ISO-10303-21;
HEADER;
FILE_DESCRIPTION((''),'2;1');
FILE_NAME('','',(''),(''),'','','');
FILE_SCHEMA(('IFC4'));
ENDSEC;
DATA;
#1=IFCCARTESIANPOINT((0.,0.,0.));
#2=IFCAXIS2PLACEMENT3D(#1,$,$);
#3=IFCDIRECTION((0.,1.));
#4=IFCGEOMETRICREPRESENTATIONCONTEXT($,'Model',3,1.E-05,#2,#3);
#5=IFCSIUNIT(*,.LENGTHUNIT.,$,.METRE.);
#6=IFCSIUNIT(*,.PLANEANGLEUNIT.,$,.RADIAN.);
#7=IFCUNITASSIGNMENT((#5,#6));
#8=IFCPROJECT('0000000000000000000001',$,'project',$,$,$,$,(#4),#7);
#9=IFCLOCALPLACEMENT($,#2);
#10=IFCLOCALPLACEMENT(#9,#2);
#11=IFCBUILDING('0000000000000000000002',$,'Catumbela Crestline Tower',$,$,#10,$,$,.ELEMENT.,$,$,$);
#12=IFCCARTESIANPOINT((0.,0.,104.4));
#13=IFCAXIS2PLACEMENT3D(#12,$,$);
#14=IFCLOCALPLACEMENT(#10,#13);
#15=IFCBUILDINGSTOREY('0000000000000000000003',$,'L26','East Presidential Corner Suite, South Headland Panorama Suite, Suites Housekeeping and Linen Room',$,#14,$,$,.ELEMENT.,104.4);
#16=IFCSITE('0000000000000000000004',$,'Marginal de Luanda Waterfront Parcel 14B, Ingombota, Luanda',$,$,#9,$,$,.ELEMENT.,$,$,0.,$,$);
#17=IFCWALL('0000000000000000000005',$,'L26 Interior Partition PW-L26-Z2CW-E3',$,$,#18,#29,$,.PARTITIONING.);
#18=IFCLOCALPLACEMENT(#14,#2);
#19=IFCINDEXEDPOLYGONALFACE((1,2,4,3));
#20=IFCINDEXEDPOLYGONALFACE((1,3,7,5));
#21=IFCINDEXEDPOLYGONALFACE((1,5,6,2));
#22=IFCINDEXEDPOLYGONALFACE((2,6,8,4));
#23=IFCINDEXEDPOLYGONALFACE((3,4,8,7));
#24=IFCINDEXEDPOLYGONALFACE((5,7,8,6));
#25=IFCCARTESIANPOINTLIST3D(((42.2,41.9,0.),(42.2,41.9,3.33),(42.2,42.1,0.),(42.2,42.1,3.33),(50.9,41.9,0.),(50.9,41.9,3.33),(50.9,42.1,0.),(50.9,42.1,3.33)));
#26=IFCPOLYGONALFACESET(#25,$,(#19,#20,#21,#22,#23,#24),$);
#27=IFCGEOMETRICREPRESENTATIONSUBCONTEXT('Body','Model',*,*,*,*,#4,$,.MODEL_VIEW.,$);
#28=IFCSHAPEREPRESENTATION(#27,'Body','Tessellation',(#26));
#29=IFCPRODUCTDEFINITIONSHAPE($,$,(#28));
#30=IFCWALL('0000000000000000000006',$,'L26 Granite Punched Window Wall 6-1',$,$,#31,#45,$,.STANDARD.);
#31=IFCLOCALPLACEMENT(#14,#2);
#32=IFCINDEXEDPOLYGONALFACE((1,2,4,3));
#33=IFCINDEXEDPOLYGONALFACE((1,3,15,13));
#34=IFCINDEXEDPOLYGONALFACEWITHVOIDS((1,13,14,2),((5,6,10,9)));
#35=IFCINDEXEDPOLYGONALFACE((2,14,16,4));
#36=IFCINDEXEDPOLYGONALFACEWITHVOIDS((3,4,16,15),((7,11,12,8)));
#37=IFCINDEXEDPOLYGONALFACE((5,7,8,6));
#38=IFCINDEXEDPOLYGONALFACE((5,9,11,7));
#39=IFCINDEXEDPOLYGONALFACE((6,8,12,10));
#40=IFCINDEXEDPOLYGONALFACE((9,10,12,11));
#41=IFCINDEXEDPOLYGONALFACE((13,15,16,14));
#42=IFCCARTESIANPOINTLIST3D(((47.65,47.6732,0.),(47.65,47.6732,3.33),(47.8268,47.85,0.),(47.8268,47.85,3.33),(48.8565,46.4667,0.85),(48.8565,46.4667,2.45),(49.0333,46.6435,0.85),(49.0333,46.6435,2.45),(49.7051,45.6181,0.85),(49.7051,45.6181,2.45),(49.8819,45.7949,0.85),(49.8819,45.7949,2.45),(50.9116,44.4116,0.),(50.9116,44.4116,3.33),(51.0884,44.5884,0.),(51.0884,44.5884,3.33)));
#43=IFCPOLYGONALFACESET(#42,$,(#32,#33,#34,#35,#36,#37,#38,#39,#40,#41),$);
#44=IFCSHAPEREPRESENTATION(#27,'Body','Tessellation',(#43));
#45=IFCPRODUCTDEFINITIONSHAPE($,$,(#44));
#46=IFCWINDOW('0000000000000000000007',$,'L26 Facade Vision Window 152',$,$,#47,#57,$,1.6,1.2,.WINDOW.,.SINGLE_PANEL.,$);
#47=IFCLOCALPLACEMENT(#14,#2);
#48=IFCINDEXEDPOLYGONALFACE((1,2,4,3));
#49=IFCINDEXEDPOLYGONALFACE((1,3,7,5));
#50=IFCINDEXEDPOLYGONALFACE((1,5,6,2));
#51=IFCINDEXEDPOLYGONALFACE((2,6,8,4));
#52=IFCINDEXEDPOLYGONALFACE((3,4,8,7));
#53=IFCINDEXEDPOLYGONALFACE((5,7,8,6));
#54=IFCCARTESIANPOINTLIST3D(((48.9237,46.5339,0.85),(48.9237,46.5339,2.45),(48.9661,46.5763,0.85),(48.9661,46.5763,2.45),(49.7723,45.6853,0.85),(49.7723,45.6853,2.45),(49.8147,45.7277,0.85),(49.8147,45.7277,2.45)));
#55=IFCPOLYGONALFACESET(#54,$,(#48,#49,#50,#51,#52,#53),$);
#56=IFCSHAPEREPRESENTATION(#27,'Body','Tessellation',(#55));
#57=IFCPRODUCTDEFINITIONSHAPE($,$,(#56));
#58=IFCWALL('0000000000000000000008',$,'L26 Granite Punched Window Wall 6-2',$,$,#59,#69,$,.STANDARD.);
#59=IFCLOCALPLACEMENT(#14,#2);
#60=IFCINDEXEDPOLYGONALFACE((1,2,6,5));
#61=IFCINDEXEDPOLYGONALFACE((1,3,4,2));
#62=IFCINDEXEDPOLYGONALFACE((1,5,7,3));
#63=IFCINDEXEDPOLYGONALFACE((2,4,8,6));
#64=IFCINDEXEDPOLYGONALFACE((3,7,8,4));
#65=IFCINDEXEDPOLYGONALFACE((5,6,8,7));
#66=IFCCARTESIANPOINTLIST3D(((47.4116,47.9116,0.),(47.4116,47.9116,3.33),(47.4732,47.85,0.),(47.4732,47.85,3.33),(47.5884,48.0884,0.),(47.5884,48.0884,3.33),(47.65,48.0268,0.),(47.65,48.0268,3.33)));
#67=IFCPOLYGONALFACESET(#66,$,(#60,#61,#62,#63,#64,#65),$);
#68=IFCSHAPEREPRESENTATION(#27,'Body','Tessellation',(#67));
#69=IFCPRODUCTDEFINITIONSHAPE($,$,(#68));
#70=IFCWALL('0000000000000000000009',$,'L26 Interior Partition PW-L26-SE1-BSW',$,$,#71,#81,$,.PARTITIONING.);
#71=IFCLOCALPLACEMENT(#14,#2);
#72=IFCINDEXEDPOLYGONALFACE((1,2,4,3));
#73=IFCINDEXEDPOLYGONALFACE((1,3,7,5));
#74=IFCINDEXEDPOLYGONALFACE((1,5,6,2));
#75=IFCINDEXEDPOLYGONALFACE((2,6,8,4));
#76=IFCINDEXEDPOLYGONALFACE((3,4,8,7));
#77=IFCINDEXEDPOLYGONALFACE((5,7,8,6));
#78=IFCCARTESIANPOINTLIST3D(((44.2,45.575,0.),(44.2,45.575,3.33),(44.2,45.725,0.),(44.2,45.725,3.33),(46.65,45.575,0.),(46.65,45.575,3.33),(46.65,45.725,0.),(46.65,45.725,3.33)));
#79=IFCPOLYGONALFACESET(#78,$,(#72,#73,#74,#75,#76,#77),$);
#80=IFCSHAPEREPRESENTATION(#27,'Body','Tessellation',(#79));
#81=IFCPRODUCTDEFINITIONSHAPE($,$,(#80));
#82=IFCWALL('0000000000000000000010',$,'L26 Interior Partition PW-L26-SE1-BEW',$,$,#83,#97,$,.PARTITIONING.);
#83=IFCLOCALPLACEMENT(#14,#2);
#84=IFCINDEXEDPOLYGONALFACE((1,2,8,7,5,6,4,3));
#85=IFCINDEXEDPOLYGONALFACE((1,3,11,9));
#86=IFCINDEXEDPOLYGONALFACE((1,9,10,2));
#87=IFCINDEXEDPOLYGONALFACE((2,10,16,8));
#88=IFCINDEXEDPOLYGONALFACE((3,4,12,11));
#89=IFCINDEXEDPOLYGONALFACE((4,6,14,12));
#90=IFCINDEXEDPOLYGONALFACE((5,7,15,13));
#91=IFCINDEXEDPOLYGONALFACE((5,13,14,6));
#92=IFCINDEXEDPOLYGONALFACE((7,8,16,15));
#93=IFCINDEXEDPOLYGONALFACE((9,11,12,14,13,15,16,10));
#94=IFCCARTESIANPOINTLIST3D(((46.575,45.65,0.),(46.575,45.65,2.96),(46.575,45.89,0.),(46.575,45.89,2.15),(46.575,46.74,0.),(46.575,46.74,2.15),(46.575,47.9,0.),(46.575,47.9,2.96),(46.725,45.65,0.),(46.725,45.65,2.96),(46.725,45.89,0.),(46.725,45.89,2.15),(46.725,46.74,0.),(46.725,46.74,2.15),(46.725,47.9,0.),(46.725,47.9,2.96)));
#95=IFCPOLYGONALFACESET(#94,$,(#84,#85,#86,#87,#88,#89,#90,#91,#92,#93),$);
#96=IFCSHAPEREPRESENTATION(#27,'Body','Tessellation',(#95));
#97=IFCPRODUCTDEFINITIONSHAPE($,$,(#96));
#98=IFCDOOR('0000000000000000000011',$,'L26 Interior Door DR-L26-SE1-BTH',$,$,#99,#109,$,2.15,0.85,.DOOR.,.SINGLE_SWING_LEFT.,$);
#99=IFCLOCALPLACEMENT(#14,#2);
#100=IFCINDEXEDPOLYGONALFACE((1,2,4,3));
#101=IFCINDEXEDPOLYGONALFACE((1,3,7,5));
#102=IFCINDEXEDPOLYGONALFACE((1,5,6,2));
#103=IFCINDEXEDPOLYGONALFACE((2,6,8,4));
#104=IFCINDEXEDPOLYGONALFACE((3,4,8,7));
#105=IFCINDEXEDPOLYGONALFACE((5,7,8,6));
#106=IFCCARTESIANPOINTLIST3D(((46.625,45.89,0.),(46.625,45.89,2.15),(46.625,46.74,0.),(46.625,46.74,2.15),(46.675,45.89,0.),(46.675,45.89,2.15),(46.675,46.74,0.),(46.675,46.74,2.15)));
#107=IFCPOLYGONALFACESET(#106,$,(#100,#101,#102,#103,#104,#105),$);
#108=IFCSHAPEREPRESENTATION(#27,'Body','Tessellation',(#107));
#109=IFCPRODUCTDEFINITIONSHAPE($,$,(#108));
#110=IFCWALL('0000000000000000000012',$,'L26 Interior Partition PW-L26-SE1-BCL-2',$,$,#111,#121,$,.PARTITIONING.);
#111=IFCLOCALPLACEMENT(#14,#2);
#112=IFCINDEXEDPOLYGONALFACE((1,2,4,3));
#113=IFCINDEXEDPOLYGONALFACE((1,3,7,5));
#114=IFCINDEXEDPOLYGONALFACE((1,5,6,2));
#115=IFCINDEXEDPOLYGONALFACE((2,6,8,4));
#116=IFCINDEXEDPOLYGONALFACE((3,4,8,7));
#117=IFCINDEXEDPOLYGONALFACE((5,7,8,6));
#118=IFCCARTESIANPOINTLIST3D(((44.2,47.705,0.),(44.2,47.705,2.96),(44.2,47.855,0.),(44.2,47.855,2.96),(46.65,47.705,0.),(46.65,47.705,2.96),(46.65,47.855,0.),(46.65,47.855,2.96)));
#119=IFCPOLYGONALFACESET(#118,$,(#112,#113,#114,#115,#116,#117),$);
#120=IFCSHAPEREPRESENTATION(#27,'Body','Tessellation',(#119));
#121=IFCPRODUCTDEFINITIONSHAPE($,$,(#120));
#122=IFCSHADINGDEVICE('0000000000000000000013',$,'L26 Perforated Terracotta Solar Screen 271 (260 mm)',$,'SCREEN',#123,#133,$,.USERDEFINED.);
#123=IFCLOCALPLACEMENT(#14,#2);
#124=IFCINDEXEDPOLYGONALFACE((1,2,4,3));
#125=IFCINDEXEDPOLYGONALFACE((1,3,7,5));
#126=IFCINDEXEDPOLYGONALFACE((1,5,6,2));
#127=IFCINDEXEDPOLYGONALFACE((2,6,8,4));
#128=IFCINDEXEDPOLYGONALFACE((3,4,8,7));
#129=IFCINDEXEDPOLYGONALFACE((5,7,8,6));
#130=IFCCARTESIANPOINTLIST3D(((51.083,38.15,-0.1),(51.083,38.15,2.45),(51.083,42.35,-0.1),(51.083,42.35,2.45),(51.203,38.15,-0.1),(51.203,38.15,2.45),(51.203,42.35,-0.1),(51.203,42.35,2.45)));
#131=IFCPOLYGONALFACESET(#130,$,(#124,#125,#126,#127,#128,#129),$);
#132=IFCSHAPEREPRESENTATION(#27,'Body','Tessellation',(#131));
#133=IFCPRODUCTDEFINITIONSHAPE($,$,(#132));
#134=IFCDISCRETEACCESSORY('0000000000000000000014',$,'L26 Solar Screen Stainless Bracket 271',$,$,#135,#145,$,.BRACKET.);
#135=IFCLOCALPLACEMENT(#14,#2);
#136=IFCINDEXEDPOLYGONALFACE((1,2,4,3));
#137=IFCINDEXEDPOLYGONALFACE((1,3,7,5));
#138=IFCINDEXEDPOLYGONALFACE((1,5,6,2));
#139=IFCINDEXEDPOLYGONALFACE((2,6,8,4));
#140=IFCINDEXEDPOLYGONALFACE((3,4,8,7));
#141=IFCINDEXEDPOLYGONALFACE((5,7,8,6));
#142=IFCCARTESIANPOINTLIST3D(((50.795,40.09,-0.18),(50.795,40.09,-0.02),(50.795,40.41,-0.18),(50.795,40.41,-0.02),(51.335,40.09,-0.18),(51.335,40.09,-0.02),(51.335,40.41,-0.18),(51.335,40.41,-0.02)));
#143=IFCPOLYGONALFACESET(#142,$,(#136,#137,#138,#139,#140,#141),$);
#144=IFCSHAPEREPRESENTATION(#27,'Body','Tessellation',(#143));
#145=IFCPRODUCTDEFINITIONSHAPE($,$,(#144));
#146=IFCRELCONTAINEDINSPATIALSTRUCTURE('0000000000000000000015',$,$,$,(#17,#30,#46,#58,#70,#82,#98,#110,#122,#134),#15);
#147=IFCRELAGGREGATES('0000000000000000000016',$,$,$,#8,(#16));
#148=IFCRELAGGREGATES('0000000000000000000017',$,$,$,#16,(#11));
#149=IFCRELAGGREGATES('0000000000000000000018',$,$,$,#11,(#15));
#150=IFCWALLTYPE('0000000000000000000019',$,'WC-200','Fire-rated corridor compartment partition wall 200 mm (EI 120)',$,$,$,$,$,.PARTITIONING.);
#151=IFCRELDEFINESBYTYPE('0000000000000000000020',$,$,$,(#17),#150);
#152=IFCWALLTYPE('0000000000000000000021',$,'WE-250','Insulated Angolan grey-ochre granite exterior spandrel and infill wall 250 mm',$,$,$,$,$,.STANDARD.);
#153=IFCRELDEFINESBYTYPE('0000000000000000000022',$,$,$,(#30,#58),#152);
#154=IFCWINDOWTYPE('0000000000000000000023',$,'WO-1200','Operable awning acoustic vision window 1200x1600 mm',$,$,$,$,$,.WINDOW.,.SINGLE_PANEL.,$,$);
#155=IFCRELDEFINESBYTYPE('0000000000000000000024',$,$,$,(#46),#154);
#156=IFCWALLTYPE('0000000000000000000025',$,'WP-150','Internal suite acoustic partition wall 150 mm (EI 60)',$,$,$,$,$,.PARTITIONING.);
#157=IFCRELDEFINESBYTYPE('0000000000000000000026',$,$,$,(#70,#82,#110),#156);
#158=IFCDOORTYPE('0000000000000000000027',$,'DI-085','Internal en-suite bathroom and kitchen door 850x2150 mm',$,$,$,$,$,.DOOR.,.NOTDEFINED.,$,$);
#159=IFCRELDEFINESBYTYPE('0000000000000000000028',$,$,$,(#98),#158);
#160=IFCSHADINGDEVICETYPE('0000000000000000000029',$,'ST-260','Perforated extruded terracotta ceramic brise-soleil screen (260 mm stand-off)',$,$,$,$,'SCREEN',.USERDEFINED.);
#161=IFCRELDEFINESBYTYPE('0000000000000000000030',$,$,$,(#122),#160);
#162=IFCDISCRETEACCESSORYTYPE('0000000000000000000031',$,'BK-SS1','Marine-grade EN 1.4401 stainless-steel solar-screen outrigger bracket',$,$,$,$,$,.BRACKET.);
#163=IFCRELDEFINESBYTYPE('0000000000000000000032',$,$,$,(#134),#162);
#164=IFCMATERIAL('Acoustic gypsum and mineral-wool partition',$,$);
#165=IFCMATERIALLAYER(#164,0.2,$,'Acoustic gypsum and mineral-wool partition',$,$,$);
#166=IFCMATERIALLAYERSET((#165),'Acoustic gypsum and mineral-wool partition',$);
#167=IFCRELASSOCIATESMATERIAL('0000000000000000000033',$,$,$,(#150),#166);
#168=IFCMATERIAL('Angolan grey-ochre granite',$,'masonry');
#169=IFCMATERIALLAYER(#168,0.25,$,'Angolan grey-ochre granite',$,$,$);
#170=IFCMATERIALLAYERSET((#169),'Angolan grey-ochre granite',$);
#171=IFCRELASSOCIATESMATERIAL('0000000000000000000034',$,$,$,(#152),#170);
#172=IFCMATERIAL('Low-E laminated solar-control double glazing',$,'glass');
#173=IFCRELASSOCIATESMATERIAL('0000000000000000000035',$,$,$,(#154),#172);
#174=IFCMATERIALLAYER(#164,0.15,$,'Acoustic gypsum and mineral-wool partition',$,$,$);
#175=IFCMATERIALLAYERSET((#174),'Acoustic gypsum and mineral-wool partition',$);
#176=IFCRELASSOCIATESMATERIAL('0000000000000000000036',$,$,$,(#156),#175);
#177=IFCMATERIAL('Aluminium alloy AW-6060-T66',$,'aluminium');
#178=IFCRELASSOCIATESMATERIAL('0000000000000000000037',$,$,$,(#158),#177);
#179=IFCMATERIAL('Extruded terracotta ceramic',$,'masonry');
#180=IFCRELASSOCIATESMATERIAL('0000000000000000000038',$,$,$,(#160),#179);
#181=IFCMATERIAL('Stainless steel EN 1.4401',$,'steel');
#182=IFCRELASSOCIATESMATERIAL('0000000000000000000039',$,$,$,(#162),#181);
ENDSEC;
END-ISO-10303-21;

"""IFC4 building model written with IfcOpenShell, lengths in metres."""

from ifc_helpers import new_model, si_unit, direction, frame, frame_2d, origin, origin_2d, place, context, subcontext, project, spatial, rectangle, extrude, material, layer, layer_set, type_object, element, fill, save


model = new_model("IFC4")

# Units and contexts
model_context = context("Model", 3, precision=1e-05, world=origin(), true_north=direction((0.0, 1.0)))
body_context = subcontext(model_context, "Body", "Model", "MODEL_VIEW")
ifc_project = project(units=[si_unit("LENGTHUNIT", "METRE"), si_unit("PLANEANGLEUNIT", "RADIAN")], contexts=[model_context])

# Site, building, storey
site_placement = place(None, origin())
site = spatial("IfcSite", under=ifc_project, at=site_placement, Name="Marginal de Luanda Waterfront Parcel 14B, Ingombota, Luanda", CompositionType="ELEMENT", RefElevation=0.0)
building_placement = place(site_placement, origin())
building = spatial("IfcBuilding", under=site, at=building_placement, Name="Catumbela Crestline Tower", CompositionType="ELEMENT")
storey_placement = place(building_placement, frame((0.0, 0.0, 104.4)))
storey = spatial("IfcBuildingStorey", under=building, at=storey_placement, Name="L26", Description="East Presidential Corner Suite, South Headland Panorama Suite, Suites Housekeeping and Linen Room", CompositionType="ELEMENT", Elevation=104.4)

# Shared definitions
ifc_material_1 = material(Name="Aluminium alloy AW-6060-T66", Category="aluminium")

# Shared definitions
ifc_material_2 = material(Name="Low-E laminated solar-control double glazing", Category="glass")

# Wall
ifc_material_3 = material(Name="Acoustic gypsum and mineral-wool partition")
ifc_layer_1 = layer(ifc_material_3, 0.2, Name="Acoustic gypsum and mineral-wool partition")
ifc_layer_set_1 = layer_set([ifc_layer_1], Name="Acoustic gypsum and mineral-wool partition")
wall_type_1 = type_object("IfcWallType", Name="WC-200", Description="Fire-rated corridor compartment partition wall 200 mm (EI 120)", PredefinedType="PARTITIONING", material=ifc_layer_set_1)
wall_1_placement = place(storey_placement, frame((42.2, 42.0, 0.0), z_axis=(0.0, 0.0, 1.0), x_axis=(1.0, 0.0, 0.0)))
element("IfcWall", 1, at=wall_1_placement, inside=storey, type_object=wall_type_1, Name="L26 Interior Partition PW-L26-Z2CW-E3", PredefinedType="PARTITIONING", context=body_context, shape_type="SweptSolid", body=[
    extrude(rectangle(XDim=8.7, YDim=0.2, at=frame_2d((4.35, 0.0))), origin(), (0.0, 0.0, 1.0), 3.33),
])

# Wall, opening, window
ifc_material_4 = material(Name="Angolan grey-ochre granite", Category="masonry")
ifc_layer_2 = layer(ifc_material_4, 0.25, Name="Angolan grey-ochre granite")
ifc_layer_set_2 = layer_set([ifc_layer_2], Name="Angolan grey-ochre granite")
wall_type_2 = type_object("IfcWallType", Name="WE-250", Description="Insulated Angolan grey-ochre granite exterior spandrel and infill wall 250 mm", PredefinedType="STANDARD", material=ifc_layer_set_2)
wall_2_placement = place(storey_placement, frame((51.0, 44.5, 0.0), z_axis=(0.0, 0.0, 1.0), x_axis=(-0.707107, 0.707107, 0.0)))
wall_2 = element("IfcWall", 2, at=wall_2_placement, inside=storey, type_object=wall_type_2, Name="L26 Granite Punched Window Wall 6-1", PredefinedType="STANDARD", context=body_context, shape_type="SweptSolid", body=[
    extrude(rectangle(XDim=4.6126, YDim=0.25, at=frame_2d((2.3063, 0.0))), origin(), (0.0, 0.0, 1.0), 3.33),
])
opening_1_placement = place(wall_2_placement, frame((1.7063, 0.0, 0.85)))
opening_1 = element("IfcOpeningElement", 3, at=opening_1_placement, cuts=wall_2, PredefinedType="OPENING", context=body_context, shape_type="SweptSolid", body=[
    extrude(rectangle(XDim=1.2, YDim=1.6, at=frame_2d((0.6, 0.8))), frame((0.0, 0.135, 0.0), z_axis=(0.0, -1.0, 0.0), x_axis=(1.0, 0.0, 0.0)), (0.0, 0.0, 1.0), 0.27),
])
window_type = type_object("IfcWindowType", Name="WO-1200", Description="Operable awning acoustic vision window 1200x1600 mm", PartitioningType="SINGLE_PANEL", PredefinedType="WINDOW", material=ifc_material_2)
window_placement = place(opening_1_placement, origin())
window = element("IfcWindow", 4, at=window_placement, inside=storey, type_object=window_type, Name="L26 Facade Vision Window 152", OverallHeight=1.6, OverallWidth=1.2, PartitioningType="SINGLE_PANEL", PredefinedType="WINDOW", context=body_context, shape_type="SweptSolid", body=[
    extrude(rectangle(XDim=1.2, YDim=1.6, at=frame_2d((0.6, 0.8))), frame((0.0, 0.03, 0.0), z_axis=(0.0, -1.0, 0.0), x_axis=(1.0, 0.0, 0.0)), (0.0, 0.0, 1.0), 0.06),
])
fill(opening_1, window)

# Walls
wall_3_placement = place(storey_placement, frame((47.5616, 47.9384, 0.0), z_axis=(0.0, 0.0, 1.0), x_axis=(-0.707107, 0.707107, 0.0)))
element("IfcWall", 5, at=wall_3_placement, inside=storey, type_object=wall_type_2, Name="L26 Granite Punched Window Wall 6-2", PredefinedType="STANDARD", context=body_context, shape_type="SweptSolid", body=[
    extrude(rectangle(XDim=0.0871, YDim=0.25, at=frame_2d((0.0436, 0.0))), origin(), (0.0, 0.0, 1.0), 3.33),
])
ifc_layer_3 = layer(ifc_material_3, 0.15, Name="Acoustic gypsum and mineral-wool partition")
ifc_layer_set_3 = layer_set([ifc_layer_3], Name="Acoustic gypsum and mineral-wool partition")
wall_type_3 = type_object("IfcWallType", Name="WP-150", Description="Internal suite acoustic partition wall 150 mm (EI 60)", PredefinedType="PARTITIONING", material=ifc_layer_set_3)
wall_4_placement = place(storey_placement, frame((44.2, 45.65, 0.0), z_axis=(0.0, 0.0, 1.0), x_axis=(1.0, 0.0, 0.0)))
element("IfcWall", 6, at=wall_4_placement, inside=storey, type_object=wall_type_3, Name="L26 Interior Partition PW-L26-SE1-BSW", PredefinedType="PARTITIONING", context=body_context, shape_type="SweptSolid", body=[
    extrude(rectangle(XDim=2.45, YDim=0.15, at=frame_2d((1.225, 0.0))), origin(), (0.0, 0.0, 1.0), 3.33),
])

# Wall, opening, door
wall_5_placement = place(storey_placement, frame((46.65, 45.65, 0.0), z_axis=(0.0, 0.0, 1.0), x_axis=(0.0, 1.0, 0.0)))
wall_5 = element("IfcWall", 7, at=wall_5_placement, inside=storey, type_object=wall_type_3, Name="L26 Interior Partition PW-L26-SE1-BEW", PredefinedType="PARTITIONING", context=body_context, shape_type="SweptSolid", body=[
    extrude(rectangle(XDim=2.25, YDim=0.15, at=frame_2d((1.125, 0.0))), origin(), (0.0, 0.0, 1.0), 2.96),
])
opening_2_placement = place(wall_5_placement, frame((0.24, 0.0, 0.0)))
opening_2 = element("IfcOpeningElement", 8, at=opening_2_placement, cuts=wall_5, PredefinedType="OPENING", context=body_context, shape_type="SweptSolid", body=[
    extrude(rectangle(XDim=0.85, YDim=2.15, at=frame_2d((0.425, 1.075))), frame((0.0, 0.085, 0.0), z_axis=(0.0, -1.0, 0.0), x_axis=(1.0, 0.0, 0.0)), (0.0, 0.0, 1.0), 0.17),
])
door_type = type_object("IfcDoorType", Name="DI-085", Description="Internal en-suite bathroom and kitchen door 850x2150 mm", OperationType="NOTDEFINED", PredefinedType="DOOR", material=ifc_material_1)
door_placement = place(opening_2_placement, origin())
door = element("IfcDoor", 9, at=door_placement, inside=storey, type_object=door_type, Name="L26 Interior Door DR-L26-SE1-BTH", OperationType="SINGLE_SWING_LEFT", OverallHeight=2.15, OverallWidth=0.85, PredefinedType="DOOR", context=body_context, shape_type="SweptSolid", body=[
    extrude(rectangle(XDim=0.85, YDim=2.15, at=frame_2d((0.425, 1.075))), frame((0.0, 0.025, 0.0), z_axis=(0.0, -1.0, 0.0), x_axis=(1.0, 0.0, 0.0)), (0.0, 0.0, 1.0), 0.05),
])
fill(opening_2, door)

# Wall
wall_6_placement = place(storey_placement, frame((44.2, 47.78, 0.0), z_axis=(0.0, 0.0, 1.0), x_axis=(1.0, 0.0, 0.0)))
element("IfcWall", 10, at=wall_6_placement, inside=storey, type_object=wall_type_3, Name="L26 Interior Partition PW-L26-SE1-BCL-2", PredefinedType="PARTITIONING", context=body_context, shape_type="SweptSolid", body=[
    extrude(rectangle(XDim=2.45, YDim=0.15, at=frame_2d((1.225, 0.0))), origin(), (0.0, 0.0, 1.0), 2.96),
])

# Shading device
ifc_material_5 = material(Name="Extruded terracotta ceramic", Category="masonry")
shading_device_type = type_object("IfcShadingDeviceType", Name="ST-260", Description="Perforated extruded terracotta ceramic brise-soleil screen (260 mm stand-off)", ElementType="SCREEN", PredefinedType="USERDEFINED", material=ifc_material_5)
shading_device_placement = place(storey_placement, frame((51.143, 40.25, -0.1), z_axis=(0.0, 0.0, 1.0), x_axis=(0.0, 1.0, 0.0)))
element("IfcShadingDevice", 11, at=shading_device_placement, inside=storey, type_object=shading_device_type, Name="L26 Perforated Terracotta Solar Screen 271 (260 mm)", ObjectType="SCREEN", PredefinedType="USERDEFINED", context=body_context, shape_type="SweptSolid", body=[
    extrude(rectangle(XDim=4.2, YDim=0.12, at=origin_2d()), origin(), (0.0, 0.0, 1.0), 2.55),
])

# Discrete accessory
ifc_material_6 = material(Name="Stainless steel EN 1.4401", Category="steel")
discrete_accessory_type = type_object("IfcDiscreteAccessoryType", Name="BK-SS1", Description="Marine-grade EN 1.4401 stainless-steel solar-screen outrigger bracket", PredefinedType="BRACKET", material=ifc_material_6)
discrete_accessory_placement = place(storey_placement, frame((51.065, 40.25, -0.18), z_axis=(0.0, 0.0, 1.0), x_axis=(0.0, 1.0, 0.0)))
element("IfcDiscreteAccessory", 12, at=discrete_accessory_placement, inside=storey, type_object=discrete_accessory_type, Name="L26 Solar Screen Stainless Bracket 271", PredefinedType="BRACKET", context=body_context, shape_type="SweptSolid", body=[
    extrude(rectangle(XDim=0.32, YDim=0.54, at=origin_2d()), origin(), (0.0, 0.0, 1.0), 0.16),
])

save(model, "model.ifc")
